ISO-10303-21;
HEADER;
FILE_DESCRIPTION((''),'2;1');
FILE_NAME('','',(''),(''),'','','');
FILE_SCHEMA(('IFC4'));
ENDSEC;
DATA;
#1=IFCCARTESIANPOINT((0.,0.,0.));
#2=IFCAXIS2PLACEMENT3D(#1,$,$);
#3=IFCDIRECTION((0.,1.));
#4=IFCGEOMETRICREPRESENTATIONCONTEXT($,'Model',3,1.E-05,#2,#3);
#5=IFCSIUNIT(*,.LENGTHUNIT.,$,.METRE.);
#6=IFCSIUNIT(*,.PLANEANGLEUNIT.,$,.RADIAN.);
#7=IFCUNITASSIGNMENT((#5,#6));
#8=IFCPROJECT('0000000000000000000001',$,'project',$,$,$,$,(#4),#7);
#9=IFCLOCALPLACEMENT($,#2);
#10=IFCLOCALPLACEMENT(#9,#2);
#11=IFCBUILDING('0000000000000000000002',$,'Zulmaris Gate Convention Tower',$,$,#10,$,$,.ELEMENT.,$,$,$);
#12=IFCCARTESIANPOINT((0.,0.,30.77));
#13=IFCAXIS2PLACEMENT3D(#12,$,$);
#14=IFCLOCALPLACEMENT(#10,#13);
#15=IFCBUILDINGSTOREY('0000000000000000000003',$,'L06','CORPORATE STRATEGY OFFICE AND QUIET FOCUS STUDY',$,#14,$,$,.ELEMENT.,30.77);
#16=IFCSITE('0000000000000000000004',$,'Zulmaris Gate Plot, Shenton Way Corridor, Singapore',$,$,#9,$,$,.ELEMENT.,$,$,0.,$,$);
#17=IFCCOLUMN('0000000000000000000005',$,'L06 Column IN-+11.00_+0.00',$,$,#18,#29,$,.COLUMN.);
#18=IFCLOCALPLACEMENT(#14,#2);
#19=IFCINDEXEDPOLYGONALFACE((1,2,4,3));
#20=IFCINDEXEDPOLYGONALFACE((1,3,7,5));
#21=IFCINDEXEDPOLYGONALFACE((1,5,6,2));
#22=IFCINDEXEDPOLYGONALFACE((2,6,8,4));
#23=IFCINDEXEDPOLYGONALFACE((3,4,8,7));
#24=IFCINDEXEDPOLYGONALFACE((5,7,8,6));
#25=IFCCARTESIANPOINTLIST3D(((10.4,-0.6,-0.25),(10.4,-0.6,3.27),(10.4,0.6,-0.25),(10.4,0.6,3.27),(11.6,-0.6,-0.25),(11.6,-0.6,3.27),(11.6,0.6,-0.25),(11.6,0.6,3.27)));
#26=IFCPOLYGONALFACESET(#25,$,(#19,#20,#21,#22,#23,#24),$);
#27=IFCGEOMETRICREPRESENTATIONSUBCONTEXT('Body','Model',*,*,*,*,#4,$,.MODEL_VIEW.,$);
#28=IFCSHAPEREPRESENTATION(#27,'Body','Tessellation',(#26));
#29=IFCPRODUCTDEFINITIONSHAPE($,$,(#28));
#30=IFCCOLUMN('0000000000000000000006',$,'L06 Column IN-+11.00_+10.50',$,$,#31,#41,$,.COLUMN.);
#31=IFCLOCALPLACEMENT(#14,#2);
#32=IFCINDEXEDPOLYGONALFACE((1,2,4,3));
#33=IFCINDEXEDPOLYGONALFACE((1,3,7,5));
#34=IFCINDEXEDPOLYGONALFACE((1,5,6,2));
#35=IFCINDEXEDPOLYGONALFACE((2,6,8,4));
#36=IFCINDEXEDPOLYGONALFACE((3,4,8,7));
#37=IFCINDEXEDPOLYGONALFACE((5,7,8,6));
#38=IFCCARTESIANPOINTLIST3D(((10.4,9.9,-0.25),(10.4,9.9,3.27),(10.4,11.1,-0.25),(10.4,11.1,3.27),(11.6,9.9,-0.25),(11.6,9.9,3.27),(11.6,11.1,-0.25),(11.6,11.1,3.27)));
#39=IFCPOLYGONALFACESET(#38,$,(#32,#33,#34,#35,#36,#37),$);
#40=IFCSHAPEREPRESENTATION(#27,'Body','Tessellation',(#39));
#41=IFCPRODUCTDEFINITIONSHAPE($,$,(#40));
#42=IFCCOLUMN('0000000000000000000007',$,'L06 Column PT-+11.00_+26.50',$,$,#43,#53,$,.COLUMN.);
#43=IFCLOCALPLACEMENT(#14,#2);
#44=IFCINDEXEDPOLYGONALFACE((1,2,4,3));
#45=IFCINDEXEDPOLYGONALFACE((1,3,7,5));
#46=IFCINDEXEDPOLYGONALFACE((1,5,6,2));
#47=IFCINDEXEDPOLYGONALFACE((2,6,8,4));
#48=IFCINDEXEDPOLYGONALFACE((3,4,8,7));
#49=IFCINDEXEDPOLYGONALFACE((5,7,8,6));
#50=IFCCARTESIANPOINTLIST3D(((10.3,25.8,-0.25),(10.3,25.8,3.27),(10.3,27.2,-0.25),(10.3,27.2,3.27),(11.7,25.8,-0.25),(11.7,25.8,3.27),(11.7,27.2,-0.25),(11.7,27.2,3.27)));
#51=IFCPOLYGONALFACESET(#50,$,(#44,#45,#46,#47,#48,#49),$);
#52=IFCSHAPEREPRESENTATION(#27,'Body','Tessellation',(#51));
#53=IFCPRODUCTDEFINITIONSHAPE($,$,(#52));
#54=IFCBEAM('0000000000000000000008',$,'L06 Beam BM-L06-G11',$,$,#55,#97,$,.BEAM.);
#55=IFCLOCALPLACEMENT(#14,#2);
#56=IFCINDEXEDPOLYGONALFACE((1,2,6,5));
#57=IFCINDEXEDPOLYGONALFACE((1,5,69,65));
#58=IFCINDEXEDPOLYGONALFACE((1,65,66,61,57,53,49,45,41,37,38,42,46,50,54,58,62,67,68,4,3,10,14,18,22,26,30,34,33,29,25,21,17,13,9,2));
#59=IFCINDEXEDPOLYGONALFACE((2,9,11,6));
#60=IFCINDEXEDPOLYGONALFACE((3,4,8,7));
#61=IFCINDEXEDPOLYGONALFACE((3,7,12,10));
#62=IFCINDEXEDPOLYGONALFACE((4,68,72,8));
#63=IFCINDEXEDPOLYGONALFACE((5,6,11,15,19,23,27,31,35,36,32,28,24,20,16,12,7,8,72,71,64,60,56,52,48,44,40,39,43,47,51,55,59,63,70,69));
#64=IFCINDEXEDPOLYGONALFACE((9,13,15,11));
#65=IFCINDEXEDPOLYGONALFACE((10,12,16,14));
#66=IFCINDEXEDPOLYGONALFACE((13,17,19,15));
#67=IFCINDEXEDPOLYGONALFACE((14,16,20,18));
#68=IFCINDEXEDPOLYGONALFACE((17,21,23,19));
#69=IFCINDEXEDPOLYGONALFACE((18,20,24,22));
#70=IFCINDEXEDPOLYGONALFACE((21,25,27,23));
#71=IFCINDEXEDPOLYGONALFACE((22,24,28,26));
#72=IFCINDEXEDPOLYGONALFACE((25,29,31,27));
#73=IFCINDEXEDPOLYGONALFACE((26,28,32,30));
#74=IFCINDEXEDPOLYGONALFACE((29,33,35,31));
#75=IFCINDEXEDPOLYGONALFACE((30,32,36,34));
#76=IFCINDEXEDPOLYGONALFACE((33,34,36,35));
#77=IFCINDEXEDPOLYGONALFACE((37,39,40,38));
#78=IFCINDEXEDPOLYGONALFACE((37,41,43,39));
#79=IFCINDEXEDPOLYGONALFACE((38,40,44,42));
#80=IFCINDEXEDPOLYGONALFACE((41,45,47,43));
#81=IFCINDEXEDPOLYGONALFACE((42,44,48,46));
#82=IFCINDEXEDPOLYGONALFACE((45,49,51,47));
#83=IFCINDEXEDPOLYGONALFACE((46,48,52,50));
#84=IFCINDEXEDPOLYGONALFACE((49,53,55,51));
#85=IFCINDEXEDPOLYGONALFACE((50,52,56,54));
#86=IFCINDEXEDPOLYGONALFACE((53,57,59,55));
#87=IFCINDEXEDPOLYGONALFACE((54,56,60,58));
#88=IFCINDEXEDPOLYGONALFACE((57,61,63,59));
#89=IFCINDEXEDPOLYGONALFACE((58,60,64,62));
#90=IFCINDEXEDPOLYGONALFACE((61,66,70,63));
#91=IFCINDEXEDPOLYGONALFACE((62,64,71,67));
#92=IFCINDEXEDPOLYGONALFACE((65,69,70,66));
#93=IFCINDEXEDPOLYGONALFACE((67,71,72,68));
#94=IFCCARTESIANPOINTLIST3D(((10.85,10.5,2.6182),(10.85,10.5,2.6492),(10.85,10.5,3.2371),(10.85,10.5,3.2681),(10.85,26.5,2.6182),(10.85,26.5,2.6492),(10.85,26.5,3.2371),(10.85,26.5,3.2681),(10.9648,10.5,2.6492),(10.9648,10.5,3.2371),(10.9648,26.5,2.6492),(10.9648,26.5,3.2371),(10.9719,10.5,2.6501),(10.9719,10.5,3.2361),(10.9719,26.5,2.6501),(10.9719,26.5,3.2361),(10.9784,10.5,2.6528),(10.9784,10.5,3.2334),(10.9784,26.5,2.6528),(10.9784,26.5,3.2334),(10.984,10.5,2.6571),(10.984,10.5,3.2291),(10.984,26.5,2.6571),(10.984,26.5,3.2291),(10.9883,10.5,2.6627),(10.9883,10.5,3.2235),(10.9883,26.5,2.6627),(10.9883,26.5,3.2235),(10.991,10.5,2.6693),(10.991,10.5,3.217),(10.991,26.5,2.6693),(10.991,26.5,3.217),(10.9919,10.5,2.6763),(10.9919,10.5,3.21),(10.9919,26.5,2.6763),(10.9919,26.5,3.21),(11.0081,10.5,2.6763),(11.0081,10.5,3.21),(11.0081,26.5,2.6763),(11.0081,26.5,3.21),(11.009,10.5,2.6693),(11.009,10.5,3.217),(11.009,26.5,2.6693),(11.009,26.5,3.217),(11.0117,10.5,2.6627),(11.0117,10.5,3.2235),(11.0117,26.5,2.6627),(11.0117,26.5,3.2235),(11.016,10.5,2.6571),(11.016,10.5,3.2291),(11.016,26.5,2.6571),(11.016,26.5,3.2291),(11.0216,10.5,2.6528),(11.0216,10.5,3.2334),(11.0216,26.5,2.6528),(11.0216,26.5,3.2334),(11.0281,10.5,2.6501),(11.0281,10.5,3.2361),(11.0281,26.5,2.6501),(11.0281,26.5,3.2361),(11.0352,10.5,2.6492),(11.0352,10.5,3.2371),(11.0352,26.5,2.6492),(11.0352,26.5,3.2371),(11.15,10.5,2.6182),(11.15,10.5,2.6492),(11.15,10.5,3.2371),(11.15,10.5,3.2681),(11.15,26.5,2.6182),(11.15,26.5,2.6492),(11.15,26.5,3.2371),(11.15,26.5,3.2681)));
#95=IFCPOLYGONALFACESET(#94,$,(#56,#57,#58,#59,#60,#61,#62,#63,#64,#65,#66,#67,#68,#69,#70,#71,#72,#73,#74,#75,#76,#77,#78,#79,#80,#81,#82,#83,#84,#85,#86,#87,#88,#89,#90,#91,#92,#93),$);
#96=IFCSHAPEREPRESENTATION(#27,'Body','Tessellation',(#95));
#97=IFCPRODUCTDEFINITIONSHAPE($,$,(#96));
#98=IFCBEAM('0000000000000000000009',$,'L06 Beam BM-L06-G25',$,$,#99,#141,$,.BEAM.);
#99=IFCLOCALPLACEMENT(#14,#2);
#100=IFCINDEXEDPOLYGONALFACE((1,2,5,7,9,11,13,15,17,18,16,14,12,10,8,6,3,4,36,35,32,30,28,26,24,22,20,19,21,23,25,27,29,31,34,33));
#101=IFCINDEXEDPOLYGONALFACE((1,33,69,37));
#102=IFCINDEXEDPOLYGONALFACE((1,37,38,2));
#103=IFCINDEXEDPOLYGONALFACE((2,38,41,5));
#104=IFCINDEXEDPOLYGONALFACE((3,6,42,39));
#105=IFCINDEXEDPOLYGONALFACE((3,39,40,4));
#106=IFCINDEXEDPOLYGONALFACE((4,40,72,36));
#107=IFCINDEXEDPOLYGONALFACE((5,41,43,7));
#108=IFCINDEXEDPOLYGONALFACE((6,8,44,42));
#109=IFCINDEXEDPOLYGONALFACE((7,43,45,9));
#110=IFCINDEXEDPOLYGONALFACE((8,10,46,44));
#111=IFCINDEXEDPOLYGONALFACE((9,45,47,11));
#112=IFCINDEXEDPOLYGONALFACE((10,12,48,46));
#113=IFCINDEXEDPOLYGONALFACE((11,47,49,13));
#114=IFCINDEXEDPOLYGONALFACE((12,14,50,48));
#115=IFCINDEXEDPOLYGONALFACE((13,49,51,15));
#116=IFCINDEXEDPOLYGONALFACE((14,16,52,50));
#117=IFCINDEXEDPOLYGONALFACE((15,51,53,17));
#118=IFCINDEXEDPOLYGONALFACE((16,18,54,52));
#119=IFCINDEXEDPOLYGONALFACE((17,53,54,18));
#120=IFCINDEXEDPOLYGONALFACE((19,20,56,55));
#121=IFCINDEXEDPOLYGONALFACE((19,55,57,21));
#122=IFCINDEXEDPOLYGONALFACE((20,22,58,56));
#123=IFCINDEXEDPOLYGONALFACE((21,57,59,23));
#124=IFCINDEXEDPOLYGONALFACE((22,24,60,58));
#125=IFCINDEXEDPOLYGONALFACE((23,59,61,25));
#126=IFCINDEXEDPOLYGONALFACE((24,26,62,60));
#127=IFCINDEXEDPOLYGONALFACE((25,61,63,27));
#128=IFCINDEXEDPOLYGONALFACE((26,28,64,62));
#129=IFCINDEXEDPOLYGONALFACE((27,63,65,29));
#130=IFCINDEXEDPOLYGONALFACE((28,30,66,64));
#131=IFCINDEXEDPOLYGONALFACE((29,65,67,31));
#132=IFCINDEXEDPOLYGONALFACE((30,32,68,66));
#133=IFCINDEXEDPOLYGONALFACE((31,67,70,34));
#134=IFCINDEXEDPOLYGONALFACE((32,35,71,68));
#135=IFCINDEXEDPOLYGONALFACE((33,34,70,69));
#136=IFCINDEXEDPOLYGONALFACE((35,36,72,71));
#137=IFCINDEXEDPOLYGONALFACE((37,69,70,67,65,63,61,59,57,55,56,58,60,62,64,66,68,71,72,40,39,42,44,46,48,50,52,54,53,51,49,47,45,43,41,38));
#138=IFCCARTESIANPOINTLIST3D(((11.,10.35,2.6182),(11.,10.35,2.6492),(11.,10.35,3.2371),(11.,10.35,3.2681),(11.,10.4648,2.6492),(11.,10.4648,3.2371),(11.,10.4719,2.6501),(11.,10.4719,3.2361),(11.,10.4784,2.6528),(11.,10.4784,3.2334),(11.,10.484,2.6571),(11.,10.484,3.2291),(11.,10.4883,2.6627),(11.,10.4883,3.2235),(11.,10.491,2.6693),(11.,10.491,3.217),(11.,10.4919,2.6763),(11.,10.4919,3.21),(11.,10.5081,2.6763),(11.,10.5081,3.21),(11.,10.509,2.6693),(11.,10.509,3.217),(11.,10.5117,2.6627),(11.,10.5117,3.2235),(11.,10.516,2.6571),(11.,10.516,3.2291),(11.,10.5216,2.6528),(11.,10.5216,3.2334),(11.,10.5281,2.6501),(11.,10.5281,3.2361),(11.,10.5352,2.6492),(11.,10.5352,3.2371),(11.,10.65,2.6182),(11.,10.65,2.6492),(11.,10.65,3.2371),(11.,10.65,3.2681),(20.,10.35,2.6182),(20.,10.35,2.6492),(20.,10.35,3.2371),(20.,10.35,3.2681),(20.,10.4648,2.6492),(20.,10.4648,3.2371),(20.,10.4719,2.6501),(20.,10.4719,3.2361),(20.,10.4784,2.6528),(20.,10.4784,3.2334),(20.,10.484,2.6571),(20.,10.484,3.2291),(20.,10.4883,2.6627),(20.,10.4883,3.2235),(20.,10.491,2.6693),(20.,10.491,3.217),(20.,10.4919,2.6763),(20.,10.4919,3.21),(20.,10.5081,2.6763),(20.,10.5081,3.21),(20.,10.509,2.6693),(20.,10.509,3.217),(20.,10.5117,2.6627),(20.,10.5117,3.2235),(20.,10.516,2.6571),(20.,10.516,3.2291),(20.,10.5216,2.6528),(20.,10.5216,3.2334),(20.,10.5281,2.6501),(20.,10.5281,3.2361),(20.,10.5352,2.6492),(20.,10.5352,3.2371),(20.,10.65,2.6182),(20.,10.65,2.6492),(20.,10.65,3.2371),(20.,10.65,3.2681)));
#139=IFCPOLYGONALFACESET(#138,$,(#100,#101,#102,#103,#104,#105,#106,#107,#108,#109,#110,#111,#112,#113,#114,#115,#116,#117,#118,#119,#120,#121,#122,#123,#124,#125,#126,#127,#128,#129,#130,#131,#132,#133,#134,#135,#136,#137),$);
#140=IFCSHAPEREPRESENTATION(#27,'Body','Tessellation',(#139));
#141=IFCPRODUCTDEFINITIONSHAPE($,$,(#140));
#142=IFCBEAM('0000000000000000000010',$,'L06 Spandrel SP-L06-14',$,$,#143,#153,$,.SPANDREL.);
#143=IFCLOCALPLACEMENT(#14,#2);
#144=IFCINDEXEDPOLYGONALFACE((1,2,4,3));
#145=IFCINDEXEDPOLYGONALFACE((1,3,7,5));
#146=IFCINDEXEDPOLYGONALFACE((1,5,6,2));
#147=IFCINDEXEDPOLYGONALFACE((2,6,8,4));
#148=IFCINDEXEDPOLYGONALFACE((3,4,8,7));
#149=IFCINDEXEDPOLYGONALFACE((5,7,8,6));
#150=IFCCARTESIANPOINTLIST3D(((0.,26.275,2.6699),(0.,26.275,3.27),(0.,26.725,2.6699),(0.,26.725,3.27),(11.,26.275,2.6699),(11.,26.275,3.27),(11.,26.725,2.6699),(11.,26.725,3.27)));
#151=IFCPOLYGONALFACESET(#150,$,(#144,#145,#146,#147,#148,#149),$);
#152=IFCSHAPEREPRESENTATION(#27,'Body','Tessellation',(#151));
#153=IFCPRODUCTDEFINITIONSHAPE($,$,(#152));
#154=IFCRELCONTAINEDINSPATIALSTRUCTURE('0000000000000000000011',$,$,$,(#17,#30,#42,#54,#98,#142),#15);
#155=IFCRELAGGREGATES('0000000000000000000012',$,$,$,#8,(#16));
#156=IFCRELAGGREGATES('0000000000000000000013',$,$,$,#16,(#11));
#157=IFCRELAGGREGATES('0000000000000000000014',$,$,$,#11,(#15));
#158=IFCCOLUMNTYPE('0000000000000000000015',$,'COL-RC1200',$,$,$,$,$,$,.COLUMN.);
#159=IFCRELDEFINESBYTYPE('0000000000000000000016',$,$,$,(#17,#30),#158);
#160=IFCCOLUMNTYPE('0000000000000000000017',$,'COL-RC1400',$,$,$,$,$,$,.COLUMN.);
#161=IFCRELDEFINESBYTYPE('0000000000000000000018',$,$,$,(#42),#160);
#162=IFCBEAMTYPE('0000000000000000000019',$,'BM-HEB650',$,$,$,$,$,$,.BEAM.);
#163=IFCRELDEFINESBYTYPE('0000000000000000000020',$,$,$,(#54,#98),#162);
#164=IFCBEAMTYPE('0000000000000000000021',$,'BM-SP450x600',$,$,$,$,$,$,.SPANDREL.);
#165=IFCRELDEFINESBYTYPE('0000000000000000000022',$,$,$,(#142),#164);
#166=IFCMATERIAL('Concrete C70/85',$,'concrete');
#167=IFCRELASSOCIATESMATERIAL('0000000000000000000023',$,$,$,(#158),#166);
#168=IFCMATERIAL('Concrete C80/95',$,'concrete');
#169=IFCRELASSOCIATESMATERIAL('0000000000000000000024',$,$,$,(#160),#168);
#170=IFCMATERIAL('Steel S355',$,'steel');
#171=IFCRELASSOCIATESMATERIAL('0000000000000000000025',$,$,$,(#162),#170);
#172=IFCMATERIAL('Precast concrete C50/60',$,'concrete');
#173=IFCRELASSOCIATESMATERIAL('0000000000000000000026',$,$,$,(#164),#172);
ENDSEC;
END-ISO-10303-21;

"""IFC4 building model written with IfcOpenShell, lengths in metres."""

from ifc_helpers import new_model, si_unit, direction, frame, origin, origin_2d, place, context, subcontext, project, spatial, rectangle, i_section, extrude, material, material_profile, profile_set, type_object, element, save


model = new_model("IFC4")

# Units and contexts
model_context = context("Model", 3, precision=1e-05, world=origin(), true_north=direction((0.0, 1.0)))
body_context = subcontext(model_context, "Body", "Model", "MODEL_VIEW")
ifc_project = project(units=[si_unit("LENGTHUNIT", "METRE"), si_unit("PLANEANGLEUNIT", "RADIAN")], contexts=[model_context])

# Site, building, storey
site_placement = place(None, origin())
site = spatial("IfcSite", under=ifc_project, at=site_placement, Name="Zulmaris Gate Plot, Shenton Way Corridor, Singapore", CompositionType="ELEMENT", RefElevation=0.0)
building_placement = place(site_placement, origin())
building = spatial("IfcBuilding", under=site, at=building_placement, Name="Zulmaris Gate Convention Tower", CompositionType="ELEMENT")
storey_placement = place(building_placement, frame((0.0, 0.0, 30.77)))
storey = spatial("IfcBuildingStorey", under=building, at=storey_placement, Name="L06", Description="CORPORATE STRATEGY OFFICE AND QUIET FOCUS STUDY", CompositionType="ELEMENT", Elevation=30.77)

# Columns
ifc_material_1 = material(Name="Concrete C70/85", Category="concrete")
ifc_material_profile_1 = material_profile(ifc_material_1, rectangle(XDim=1.2, YDim=1.2, at=origin_2d()), Name="RC COL 1200x1200")
ifc_profile_set_1 = profile_set([ifc_material_profile_1], Name="Concrete C70/85")
column_type_1 = type_object("IfcColumnType", Name="COL-RC1200", PredefinedType="COLUMN", material=ifc_profile_set_1)
for number, where, z_axis, x_axis, name in (
    (1, (11.0, 0.0, -0.25), (0.0, 0.0, 1.0), (1.0, 0.0, 0.0), "L06 Column IN-+11.00_+0.00"),
    (2, (11.0, 10.5, -0.25), (0.0, 0.0, 1.0), (1.0, 0.0, 0.0), "L06 Column IN-+11.00_+10.50"),
):
    element("IfcColumn", number, at=place(storey_placement, frame(where, z_axis=z_axis, x_axis=x_axis)), inside=storey, type_object=column_type_1, Name=name, PredefinedType="COLUMN", context=body_context, shape_type="SweptSolid", body=[
        extrude(rectangle(XDim=1.2, YDim=1.2, at=origin_2d()), origin(), (0.0, 0.0, 1.0), 3.52),
    ])
ifc_material_2 = material(Name="Concrete C80/95", Category="concrete")
ifc_material_profile_2 = material_profile(ifc_material_2, rectangle(XDim=1.3999, YDim=1.3999, at=origin_2d()), Name="RC COL 1400x1400")
ifc_profile_set_2 = profile_set([ifc_material_profile_2], Name="Concrete C80/95")
column_type_2 = type_object("IfcColumnType", Name="COL-RC1400", PredefinedType="COLUMN", material=ifc_profile_set_2)
column_placement = place(storey_placement, frame((11.0, 26.5, -0.25), z_axis=(0.0, 0.0, 1.0), x_axis=(1.0, 0.0, 0.0)))
element("IfcColumn", 3, at=column_placement, inside=storey, type_object=column_type_2, Name="L06 Column PT-+11.00_+26.50", PredefinedType="COLUMN", context=body_context, shape_type="SweptSolid", body=[
    extrude(rectangle(XDim=1.3999, YDim=1.3999, at=origin_2d()), origin(), (0.0, 0.0, 1.0), 3.52),
])

# Beams
ifc_material_3 = material(Name="Steel S355", Category="steel")
ifc_material_profile_3 = material_profile(ifc_material_3, i_section(OverallWidth=0.3, OverallDepth=0.6499, WebThickness=0.0161, FlangeThickness=0.031, FilletRadius=0.0271, at=origin_2d()), Name="HEB 650")
ifc_profile_set_3 = profile_set([ifc_material_profile_3], Name="Steel S355")
beam_type_1 = type_object("IfcBeamType", Name="BM-HEB650", PredefinedType="BEAM", material=ifc_profile_set_3)
beam_1_placement = place(storey_placement, frame((11.0, 10.5, 2.9431), z_axis=(0.0, 1.0, 0.0), x_axis=(-1.0, 0.0, 0.0)))
element("IfcBeam", 4, at=beam_1_placement, inside=storey, type_object=beam_type_1, Name="L06 Beam BM-L06-G11", PredefinedType="BEAM", context=body_context, shape_type="SweptSolid", body=[
    extrude(i_section(OverallWidth=0.3, OverallDepth=0.6499, WebThickness=0.0161, FlangeThickness=0.031, FilletRadius=0.0271, at=origin_2d()), origin(), (0.0, 0.0, 1.0), 16.0),
])
beam_2_placement = place(storey_placement, frame((11.0, 10.5, 2.9431), z_axis=(1.0, 0.0, 0.0), x_axis=(0.0, 1.0, 0.0)))
element("IfcBeam", 5, at=beam_2_placement, inside=storey, type_object=beam_type_1, Name="L06 Beam BM-L06-G25", PredefinedType="BEAM", context=body_context, shape_type="SweptSolid", body=[
    extrude(i_section(OverallWidth=0.3, OverallDepth=0.6499, WebThickness=0.0161, FlangeThickness=0.031, FilletRadius=0.0271, at=origin_2d()), origin(), (0.0, 0.0, 1.0), 9.0),
])
ifc_material_4 = material(Name="Precast concrete C50/60", Category="concrete")
ifc_material_profile_4 = material_profile(ifc_material_4, rectangle(XDim=0.45, YDim=0.6001, at=origin_2d()), Name="RC SPANDREL 450x600")
ifc_profile_set_4 = profile_set([ifc_material_profile_4], Name="Precast concrete C50/60")
beam_type_2 = type_object("IfcBeamType", Name="BM-SP450x600", PredefinedType="SPANDREL", material=ifc_profile_set_4)
beam_3_placement = place(storey_placement, frame((11.0, 26.5, 2.97), z_axis=(-1.0, 0.0, 0.0), x_axis=(0.0, -1.0, 0.0)))
element("IfcBeam", 6, at=beam_3_placement, inside=storey, type_object=beam_type_2, Name="L06 Spandrel SP-L06-14", PredefinedType="SPANDREL", context=body_context, shape_type="SweptSolid", body=[
    extrude(rectangle(XDim=0.45, YDim=0.6001, at=origin_2d()), origin(), (0.0, 0.0, 1.0), 11.0),
])

save(model, "model.ifc")
